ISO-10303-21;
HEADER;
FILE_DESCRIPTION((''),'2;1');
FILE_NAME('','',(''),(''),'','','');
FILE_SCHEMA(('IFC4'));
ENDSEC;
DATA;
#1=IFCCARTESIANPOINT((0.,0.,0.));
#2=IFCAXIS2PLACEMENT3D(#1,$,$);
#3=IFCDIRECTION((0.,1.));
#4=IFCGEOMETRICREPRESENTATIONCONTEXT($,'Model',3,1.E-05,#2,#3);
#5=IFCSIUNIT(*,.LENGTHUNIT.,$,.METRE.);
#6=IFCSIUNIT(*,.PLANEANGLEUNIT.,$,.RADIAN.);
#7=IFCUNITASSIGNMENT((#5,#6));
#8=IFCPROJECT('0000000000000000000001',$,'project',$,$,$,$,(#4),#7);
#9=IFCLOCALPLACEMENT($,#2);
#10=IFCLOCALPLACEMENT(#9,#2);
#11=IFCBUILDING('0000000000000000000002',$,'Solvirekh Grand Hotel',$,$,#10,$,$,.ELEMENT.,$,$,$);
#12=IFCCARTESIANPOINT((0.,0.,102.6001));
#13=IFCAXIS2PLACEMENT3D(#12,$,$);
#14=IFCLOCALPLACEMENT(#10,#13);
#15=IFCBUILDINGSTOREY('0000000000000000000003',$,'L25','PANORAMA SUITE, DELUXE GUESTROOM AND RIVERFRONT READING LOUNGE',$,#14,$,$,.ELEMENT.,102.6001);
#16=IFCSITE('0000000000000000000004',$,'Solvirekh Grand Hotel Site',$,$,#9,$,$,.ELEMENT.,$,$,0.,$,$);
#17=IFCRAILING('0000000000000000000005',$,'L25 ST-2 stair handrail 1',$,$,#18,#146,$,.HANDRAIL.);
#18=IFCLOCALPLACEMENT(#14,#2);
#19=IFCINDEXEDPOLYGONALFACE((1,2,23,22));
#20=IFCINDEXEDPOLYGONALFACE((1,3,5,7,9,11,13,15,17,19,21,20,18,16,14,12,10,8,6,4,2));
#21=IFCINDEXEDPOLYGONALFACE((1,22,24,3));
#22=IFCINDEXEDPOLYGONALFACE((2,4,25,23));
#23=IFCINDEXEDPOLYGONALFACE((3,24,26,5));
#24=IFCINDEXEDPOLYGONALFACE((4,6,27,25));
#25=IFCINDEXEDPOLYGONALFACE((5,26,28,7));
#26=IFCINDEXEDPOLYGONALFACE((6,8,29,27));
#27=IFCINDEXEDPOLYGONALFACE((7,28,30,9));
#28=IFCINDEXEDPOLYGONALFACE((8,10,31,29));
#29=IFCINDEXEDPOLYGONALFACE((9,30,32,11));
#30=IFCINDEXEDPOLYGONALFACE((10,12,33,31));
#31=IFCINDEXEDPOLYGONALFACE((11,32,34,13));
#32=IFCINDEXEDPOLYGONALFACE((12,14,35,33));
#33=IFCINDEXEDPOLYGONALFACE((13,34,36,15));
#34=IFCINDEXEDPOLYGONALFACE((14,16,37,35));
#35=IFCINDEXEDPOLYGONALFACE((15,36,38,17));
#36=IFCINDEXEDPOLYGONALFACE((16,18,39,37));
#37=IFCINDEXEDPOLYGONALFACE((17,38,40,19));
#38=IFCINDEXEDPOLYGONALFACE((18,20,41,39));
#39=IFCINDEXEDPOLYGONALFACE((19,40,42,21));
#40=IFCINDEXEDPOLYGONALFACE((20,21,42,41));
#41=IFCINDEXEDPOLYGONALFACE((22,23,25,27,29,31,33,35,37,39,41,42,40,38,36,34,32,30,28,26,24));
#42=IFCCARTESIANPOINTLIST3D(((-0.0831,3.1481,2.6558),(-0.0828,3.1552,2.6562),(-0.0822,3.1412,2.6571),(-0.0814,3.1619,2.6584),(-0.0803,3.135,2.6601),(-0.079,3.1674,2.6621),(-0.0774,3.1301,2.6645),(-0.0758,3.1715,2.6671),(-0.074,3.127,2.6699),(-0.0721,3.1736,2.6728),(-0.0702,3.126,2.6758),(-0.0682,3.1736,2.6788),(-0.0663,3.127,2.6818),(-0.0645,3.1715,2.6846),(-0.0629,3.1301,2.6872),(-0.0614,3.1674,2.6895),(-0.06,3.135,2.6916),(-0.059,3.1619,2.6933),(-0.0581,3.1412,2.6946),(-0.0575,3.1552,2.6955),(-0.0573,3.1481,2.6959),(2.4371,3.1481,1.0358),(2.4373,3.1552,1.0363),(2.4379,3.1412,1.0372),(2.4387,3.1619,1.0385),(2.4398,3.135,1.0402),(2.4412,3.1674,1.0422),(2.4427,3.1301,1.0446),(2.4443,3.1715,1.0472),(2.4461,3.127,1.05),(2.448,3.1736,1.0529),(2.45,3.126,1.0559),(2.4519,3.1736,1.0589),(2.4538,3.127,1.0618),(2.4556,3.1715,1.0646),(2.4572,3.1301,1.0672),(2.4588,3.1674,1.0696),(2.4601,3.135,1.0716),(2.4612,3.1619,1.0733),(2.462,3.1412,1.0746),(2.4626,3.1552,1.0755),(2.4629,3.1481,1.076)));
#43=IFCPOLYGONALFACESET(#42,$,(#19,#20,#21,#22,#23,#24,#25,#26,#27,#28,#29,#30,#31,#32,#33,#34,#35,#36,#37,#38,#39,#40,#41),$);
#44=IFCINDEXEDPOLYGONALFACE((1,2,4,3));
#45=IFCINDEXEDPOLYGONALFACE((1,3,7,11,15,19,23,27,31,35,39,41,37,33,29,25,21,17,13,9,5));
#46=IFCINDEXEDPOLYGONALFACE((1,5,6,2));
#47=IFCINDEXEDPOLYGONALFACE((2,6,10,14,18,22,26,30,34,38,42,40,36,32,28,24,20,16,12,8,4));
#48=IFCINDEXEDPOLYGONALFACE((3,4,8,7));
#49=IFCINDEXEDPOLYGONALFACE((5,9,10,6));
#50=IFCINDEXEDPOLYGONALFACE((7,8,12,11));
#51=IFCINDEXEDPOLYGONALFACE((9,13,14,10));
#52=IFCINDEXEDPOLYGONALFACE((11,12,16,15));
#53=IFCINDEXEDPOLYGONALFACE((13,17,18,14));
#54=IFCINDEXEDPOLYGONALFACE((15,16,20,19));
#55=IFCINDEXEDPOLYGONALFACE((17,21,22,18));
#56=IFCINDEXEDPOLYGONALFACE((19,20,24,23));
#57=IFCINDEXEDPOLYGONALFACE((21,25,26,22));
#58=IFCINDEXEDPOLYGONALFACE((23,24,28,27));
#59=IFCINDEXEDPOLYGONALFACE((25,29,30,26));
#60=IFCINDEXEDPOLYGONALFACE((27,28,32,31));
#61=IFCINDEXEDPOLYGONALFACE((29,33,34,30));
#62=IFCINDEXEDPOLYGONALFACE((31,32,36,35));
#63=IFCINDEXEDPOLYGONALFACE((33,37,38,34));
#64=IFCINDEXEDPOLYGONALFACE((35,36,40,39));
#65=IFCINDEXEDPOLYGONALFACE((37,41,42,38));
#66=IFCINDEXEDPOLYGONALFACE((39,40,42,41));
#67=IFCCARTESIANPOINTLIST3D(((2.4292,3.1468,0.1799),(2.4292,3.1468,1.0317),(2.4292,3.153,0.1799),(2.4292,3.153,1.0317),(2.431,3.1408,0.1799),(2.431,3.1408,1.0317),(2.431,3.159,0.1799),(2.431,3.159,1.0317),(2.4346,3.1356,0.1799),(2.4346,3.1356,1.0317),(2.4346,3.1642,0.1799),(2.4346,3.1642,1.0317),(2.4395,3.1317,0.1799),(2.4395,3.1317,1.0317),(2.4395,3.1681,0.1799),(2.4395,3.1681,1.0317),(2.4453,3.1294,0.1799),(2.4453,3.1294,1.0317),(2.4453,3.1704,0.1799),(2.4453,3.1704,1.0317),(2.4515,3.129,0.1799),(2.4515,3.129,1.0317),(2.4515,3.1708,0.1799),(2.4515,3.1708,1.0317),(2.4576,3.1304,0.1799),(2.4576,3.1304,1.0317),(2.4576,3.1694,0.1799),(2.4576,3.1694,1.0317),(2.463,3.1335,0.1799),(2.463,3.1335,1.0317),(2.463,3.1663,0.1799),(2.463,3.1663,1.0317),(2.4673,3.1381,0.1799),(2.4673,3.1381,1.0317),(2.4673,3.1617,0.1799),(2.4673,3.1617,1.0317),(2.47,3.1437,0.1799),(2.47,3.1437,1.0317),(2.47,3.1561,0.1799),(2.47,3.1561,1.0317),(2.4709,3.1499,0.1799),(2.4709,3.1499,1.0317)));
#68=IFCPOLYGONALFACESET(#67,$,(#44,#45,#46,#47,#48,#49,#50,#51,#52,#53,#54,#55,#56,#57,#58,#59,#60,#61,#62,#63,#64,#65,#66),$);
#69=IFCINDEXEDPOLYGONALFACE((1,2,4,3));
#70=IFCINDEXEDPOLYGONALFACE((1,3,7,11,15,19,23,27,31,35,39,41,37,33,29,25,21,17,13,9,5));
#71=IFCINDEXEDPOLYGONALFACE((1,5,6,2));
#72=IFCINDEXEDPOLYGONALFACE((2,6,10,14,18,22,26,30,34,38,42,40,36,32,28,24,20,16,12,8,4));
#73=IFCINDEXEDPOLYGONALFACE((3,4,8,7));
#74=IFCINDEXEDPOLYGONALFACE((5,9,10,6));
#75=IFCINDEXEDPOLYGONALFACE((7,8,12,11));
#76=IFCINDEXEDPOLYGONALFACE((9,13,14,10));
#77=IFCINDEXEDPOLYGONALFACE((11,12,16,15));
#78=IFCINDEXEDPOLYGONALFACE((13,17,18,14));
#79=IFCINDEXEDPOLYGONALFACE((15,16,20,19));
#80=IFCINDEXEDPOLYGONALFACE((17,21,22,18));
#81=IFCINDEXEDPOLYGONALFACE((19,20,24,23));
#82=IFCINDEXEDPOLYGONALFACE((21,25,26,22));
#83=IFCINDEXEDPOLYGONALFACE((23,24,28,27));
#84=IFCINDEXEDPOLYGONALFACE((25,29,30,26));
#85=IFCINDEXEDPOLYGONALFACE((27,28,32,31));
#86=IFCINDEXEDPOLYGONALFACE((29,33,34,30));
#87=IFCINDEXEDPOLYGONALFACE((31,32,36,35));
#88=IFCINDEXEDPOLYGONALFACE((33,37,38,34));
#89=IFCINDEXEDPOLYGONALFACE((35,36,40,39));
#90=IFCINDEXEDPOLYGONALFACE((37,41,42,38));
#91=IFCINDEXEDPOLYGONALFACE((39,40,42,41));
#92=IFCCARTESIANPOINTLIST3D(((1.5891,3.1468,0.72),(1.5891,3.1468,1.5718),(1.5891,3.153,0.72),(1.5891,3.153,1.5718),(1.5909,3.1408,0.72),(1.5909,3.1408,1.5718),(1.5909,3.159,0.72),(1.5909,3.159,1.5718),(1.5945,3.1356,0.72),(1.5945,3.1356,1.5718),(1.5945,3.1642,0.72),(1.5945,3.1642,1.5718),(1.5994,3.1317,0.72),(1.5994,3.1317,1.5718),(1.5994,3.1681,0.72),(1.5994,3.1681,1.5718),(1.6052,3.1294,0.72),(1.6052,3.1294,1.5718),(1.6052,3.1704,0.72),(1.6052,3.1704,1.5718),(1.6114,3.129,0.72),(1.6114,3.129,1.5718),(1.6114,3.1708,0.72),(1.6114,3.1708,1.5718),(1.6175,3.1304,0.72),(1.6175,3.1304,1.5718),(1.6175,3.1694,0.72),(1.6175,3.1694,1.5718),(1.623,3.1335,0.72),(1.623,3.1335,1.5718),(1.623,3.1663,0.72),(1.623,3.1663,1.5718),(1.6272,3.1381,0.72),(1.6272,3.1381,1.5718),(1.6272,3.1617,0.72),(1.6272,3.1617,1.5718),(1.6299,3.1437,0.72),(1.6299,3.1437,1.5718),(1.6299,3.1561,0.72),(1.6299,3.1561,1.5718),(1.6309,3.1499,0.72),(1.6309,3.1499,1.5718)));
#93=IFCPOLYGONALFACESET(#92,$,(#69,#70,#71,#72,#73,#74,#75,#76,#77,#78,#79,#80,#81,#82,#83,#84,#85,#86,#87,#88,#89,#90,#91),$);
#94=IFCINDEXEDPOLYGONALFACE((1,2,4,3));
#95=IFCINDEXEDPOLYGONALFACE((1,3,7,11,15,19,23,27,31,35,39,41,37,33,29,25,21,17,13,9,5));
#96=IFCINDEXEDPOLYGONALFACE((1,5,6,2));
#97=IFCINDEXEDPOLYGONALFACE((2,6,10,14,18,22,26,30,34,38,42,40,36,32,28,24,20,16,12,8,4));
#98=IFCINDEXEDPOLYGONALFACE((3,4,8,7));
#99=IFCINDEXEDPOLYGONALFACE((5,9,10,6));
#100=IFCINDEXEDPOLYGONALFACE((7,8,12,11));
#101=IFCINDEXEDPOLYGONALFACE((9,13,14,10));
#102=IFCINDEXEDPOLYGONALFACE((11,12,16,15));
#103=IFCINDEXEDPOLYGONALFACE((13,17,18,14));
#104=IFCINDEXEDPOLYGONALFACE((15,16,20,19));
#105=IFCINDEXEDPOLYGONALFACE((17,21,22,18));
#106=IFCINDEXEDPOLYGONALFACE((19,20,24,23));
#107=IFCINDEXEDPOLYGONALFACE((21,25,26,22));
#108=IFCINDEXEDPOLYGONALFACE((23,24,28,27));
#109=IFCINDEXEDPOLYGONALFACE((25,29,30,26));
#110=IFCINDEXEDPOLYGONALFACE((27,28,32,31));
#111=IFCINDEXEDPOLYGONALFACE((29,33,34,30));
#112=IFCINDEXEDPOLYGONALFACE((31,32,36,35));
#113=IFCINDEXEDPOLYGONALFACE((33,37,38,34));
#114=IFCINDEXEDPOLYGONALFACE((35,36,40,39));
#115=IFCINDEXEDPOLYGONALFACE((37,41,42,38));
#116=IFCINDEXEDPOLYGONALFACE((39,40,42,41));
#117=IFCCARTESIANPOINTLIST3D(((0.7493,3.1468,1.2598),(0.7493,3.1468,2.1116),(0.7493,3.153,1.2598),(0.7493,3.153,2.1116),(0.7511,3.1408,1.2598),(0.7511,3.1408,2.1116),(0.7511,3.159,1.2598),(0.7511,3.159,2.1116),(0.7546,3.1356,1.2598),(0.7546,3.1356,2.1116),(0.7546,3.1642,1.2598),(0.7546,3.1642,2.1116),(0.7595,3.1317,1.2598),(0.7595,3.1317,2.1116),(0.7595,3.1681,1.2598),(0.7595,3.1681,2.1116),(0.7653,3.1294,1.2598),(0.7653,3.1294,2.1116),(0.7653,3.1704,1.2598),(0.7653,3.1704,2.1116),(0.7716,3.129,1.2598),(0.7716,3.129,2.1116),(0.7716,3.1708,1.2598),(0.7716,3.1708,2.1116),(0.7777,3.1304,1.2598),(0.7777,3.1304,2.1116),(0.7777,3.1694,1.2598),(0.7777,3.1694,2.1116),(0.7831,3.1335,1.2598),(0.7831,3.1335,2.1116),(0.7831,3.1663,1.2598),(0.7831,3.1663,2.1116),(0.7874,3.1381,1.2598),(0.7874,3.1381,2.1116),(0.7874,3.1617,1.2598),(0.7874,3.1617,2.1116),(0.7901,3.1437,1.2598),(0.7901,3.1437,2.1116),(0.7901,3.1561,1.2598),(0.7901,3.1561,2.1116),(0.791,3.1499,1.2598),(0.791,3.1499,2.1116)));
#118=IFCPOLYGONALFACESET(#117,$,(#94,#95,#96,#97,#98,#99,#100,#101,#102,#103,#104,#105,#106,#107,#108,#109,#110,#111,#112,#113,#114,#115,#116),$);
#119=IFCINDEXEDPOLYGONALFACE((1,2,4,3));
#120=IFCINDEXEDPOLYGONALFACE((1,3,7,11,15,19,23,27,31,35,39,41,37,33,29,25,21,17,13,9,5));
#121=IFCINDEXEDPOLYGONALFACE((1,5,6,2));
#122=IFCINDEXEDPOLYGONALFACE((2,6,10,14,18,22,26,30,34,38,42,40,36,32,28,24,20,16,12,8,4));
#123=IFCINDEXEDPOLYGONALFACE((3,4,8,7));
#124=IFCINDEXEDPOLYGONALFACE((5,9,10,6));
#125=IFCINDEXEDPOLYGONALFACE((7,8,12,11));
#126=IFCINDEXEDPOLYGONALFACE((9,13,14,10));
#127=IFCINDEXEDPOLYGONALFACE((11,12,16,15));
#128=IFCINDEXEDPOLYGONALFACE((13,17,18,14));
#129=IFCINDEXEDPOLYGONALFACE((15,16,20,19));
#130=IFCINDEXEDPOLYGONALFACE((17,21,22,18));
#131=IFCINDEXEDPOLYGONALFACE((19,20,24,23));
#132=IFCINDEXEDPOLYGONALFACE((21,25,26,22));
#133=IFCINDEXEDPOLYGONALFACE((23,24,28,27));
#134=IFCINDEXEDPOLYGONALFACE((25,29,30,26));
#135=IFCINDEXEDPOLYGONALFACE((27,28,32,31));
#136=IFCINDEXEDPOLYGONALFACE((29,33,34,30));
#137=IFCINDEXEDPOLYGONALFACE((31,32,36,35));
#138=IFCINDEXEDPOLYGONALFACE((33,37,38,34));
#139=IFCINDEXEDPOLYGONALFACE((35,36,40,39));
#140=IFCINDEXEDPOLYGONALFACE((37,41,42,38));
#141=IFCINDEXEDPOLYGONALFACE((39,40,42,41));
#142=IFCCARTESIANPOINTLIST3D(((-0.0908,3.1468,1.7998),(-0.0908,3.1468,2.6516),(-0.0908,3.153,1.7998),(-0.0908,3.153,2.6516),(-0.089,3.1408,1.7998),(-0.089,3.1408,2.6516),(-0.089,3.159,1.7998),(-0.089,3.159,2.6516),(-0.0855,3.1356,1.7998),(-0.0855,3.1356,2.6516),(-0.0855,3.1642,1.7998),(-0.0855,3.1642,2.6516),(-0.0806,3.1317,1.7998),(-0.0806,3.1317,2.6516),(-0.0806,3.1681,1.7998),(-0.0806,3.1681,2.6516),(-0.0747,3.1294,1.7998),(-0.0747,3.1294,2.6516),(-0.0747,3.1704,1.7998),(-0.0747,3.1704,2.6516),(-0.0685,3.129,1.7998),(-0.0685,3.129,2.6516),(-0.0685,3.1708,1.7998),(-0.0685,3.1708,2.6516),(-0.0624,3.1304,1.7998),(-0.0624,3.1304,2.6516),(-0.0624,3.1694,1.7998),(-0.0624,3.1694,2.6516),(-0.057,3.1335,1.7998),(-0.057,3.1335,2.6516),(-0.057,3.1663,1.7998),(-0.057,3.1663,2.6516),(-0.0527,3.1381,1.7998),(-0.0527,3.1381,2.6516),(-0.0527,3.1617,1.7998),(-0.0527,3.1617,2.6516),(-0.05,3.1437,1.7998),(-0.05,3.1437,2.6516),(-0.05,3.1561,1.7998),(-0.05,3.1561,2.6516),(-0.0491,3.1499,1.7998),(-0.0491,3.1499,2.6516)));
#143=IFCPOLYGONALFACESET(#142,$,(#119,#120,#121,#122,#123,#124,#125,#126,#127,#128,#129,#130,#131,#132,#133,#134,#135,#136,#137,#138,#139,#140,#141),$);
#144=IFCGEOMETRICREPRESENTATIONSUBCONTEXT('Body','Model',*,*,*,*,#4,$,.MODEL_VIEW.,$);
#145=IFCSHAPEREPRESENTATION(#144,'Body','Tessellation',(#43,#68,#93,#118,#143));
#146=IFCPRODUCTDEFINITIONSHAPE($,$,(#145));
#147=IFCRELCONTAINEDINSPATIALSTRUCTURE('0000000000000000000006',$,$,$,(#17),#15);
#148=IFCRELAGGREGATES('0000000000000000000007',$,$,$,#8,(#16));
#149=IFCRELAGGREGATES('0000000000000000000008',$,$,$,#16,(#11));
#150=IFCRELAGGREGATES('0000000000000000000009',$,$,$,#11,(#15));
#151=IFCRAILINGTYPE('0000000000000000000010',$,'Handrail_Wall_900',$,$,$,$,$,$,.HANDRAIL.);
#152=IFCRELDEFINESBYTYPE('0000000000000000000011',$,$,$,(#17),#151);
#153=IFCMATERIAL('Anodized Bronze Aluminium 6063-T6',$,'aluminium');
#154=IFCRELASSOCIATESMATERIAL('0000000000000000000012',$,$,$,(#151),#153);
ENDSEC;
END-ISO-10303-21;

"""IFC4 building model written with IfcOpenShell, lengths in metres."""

from ifc_helpers import new_model, si_unit, direction, frame, origin, origin_2d, place, context, subcontext, project, spatial, circle, extrude, material, type_object, element, save


model = new_model("IFC4")

# Units and contexts
model_context = context("Model", 3, precision=1e-05, world=origin(), true_north=direction((0.0, 1.0)))
body_context = subcontext(model_context, "Body", "Model", "MODEL_VIEW")
ifc_project = project(units=[si_unit("LENGTHUNIT", "METRE"), si_unit("PLANEANGLEUNIT", "RADIAN")], contexts=[model_context])

# Site, building, storey
site_placement = place(None, origin())
site = spatial("IfcSite", under=ifc_project, at=site_placement, Name="Solvirekh Grand Hotel Site", CompositionType="ELEMENT", RefElevation=0.0)
building_placement = place(site_placement, origin())
building = spatial("IfcBuilding", under=site, at=building_placement, Name="Solvirekh Grand Hotel", CompositionType="ELEMENT")
storey_placement = place(building_placement, frame((0.0, 0.0, 102.6001)))
storey = spatial("IfcBuildingStorey", under=building, at=storey_placement, Name="L25", Description="PANORAMA SUITE, DELUXE GUESTROOM AND RIVERFRONT READING LOUNGE", CompositionType="ELEMENT", Elevation=102.6001)

# Shared definitions
ifc_material_1 = material(Name="Anodized Bronze Aluminium 6063-T6", Category="aluminium")

# Railing
railing_type_1 = type_object("IfcRailingType", Name="Handrail_Wall_900", PredefinedType="HANDRAIL", material=ifc_material_1)
railing_1_placement = place(storey_placement, frame((2.45, 3.1499, 0.1799)))
element("IfcRailing", 1, at=railing_1_placement, inside=storey, type_object=railing_type_1, Name="L25 ST-2 stair handrail 1", PredefinedType="HANDRAIL", context=body_context, shape_type="SweptSolid", body=[
    extrude(circle(Radius=0.0239, at=origin_2d()), frame((0.0, 0.0, 0.876), z_axis=(-0.8412, 0.0, 0.540725), x_axis=(0.0, -1.0, 0.0)), (0.0, 0.0, 1.0), 2.9958),
    extrude(circle(Radius=0.021, at=origin_2d()), origin(), (0.0, 0.0, 1.0), 0.8518),
    extrude(circle(Radius=0.021, at=origin_2d()), frame((-0.8401, 0.0, 0.54)), (0.0, 0.0, 1.0), 0.8518),
    extrude(circle(Radius=0.021, at=origin_2d()), frame((-1.6799, 0.0, 1.0798)), (0.0, 0.0, 1.0), 0.8518),
    extrude(circle(Radius=0.021, at=origin_2d()), frame((-2.52, 0.0, 1.6199)), (0.0, 0.0, 1.0), 0.8518),
])

save(model, "model.ifc")
